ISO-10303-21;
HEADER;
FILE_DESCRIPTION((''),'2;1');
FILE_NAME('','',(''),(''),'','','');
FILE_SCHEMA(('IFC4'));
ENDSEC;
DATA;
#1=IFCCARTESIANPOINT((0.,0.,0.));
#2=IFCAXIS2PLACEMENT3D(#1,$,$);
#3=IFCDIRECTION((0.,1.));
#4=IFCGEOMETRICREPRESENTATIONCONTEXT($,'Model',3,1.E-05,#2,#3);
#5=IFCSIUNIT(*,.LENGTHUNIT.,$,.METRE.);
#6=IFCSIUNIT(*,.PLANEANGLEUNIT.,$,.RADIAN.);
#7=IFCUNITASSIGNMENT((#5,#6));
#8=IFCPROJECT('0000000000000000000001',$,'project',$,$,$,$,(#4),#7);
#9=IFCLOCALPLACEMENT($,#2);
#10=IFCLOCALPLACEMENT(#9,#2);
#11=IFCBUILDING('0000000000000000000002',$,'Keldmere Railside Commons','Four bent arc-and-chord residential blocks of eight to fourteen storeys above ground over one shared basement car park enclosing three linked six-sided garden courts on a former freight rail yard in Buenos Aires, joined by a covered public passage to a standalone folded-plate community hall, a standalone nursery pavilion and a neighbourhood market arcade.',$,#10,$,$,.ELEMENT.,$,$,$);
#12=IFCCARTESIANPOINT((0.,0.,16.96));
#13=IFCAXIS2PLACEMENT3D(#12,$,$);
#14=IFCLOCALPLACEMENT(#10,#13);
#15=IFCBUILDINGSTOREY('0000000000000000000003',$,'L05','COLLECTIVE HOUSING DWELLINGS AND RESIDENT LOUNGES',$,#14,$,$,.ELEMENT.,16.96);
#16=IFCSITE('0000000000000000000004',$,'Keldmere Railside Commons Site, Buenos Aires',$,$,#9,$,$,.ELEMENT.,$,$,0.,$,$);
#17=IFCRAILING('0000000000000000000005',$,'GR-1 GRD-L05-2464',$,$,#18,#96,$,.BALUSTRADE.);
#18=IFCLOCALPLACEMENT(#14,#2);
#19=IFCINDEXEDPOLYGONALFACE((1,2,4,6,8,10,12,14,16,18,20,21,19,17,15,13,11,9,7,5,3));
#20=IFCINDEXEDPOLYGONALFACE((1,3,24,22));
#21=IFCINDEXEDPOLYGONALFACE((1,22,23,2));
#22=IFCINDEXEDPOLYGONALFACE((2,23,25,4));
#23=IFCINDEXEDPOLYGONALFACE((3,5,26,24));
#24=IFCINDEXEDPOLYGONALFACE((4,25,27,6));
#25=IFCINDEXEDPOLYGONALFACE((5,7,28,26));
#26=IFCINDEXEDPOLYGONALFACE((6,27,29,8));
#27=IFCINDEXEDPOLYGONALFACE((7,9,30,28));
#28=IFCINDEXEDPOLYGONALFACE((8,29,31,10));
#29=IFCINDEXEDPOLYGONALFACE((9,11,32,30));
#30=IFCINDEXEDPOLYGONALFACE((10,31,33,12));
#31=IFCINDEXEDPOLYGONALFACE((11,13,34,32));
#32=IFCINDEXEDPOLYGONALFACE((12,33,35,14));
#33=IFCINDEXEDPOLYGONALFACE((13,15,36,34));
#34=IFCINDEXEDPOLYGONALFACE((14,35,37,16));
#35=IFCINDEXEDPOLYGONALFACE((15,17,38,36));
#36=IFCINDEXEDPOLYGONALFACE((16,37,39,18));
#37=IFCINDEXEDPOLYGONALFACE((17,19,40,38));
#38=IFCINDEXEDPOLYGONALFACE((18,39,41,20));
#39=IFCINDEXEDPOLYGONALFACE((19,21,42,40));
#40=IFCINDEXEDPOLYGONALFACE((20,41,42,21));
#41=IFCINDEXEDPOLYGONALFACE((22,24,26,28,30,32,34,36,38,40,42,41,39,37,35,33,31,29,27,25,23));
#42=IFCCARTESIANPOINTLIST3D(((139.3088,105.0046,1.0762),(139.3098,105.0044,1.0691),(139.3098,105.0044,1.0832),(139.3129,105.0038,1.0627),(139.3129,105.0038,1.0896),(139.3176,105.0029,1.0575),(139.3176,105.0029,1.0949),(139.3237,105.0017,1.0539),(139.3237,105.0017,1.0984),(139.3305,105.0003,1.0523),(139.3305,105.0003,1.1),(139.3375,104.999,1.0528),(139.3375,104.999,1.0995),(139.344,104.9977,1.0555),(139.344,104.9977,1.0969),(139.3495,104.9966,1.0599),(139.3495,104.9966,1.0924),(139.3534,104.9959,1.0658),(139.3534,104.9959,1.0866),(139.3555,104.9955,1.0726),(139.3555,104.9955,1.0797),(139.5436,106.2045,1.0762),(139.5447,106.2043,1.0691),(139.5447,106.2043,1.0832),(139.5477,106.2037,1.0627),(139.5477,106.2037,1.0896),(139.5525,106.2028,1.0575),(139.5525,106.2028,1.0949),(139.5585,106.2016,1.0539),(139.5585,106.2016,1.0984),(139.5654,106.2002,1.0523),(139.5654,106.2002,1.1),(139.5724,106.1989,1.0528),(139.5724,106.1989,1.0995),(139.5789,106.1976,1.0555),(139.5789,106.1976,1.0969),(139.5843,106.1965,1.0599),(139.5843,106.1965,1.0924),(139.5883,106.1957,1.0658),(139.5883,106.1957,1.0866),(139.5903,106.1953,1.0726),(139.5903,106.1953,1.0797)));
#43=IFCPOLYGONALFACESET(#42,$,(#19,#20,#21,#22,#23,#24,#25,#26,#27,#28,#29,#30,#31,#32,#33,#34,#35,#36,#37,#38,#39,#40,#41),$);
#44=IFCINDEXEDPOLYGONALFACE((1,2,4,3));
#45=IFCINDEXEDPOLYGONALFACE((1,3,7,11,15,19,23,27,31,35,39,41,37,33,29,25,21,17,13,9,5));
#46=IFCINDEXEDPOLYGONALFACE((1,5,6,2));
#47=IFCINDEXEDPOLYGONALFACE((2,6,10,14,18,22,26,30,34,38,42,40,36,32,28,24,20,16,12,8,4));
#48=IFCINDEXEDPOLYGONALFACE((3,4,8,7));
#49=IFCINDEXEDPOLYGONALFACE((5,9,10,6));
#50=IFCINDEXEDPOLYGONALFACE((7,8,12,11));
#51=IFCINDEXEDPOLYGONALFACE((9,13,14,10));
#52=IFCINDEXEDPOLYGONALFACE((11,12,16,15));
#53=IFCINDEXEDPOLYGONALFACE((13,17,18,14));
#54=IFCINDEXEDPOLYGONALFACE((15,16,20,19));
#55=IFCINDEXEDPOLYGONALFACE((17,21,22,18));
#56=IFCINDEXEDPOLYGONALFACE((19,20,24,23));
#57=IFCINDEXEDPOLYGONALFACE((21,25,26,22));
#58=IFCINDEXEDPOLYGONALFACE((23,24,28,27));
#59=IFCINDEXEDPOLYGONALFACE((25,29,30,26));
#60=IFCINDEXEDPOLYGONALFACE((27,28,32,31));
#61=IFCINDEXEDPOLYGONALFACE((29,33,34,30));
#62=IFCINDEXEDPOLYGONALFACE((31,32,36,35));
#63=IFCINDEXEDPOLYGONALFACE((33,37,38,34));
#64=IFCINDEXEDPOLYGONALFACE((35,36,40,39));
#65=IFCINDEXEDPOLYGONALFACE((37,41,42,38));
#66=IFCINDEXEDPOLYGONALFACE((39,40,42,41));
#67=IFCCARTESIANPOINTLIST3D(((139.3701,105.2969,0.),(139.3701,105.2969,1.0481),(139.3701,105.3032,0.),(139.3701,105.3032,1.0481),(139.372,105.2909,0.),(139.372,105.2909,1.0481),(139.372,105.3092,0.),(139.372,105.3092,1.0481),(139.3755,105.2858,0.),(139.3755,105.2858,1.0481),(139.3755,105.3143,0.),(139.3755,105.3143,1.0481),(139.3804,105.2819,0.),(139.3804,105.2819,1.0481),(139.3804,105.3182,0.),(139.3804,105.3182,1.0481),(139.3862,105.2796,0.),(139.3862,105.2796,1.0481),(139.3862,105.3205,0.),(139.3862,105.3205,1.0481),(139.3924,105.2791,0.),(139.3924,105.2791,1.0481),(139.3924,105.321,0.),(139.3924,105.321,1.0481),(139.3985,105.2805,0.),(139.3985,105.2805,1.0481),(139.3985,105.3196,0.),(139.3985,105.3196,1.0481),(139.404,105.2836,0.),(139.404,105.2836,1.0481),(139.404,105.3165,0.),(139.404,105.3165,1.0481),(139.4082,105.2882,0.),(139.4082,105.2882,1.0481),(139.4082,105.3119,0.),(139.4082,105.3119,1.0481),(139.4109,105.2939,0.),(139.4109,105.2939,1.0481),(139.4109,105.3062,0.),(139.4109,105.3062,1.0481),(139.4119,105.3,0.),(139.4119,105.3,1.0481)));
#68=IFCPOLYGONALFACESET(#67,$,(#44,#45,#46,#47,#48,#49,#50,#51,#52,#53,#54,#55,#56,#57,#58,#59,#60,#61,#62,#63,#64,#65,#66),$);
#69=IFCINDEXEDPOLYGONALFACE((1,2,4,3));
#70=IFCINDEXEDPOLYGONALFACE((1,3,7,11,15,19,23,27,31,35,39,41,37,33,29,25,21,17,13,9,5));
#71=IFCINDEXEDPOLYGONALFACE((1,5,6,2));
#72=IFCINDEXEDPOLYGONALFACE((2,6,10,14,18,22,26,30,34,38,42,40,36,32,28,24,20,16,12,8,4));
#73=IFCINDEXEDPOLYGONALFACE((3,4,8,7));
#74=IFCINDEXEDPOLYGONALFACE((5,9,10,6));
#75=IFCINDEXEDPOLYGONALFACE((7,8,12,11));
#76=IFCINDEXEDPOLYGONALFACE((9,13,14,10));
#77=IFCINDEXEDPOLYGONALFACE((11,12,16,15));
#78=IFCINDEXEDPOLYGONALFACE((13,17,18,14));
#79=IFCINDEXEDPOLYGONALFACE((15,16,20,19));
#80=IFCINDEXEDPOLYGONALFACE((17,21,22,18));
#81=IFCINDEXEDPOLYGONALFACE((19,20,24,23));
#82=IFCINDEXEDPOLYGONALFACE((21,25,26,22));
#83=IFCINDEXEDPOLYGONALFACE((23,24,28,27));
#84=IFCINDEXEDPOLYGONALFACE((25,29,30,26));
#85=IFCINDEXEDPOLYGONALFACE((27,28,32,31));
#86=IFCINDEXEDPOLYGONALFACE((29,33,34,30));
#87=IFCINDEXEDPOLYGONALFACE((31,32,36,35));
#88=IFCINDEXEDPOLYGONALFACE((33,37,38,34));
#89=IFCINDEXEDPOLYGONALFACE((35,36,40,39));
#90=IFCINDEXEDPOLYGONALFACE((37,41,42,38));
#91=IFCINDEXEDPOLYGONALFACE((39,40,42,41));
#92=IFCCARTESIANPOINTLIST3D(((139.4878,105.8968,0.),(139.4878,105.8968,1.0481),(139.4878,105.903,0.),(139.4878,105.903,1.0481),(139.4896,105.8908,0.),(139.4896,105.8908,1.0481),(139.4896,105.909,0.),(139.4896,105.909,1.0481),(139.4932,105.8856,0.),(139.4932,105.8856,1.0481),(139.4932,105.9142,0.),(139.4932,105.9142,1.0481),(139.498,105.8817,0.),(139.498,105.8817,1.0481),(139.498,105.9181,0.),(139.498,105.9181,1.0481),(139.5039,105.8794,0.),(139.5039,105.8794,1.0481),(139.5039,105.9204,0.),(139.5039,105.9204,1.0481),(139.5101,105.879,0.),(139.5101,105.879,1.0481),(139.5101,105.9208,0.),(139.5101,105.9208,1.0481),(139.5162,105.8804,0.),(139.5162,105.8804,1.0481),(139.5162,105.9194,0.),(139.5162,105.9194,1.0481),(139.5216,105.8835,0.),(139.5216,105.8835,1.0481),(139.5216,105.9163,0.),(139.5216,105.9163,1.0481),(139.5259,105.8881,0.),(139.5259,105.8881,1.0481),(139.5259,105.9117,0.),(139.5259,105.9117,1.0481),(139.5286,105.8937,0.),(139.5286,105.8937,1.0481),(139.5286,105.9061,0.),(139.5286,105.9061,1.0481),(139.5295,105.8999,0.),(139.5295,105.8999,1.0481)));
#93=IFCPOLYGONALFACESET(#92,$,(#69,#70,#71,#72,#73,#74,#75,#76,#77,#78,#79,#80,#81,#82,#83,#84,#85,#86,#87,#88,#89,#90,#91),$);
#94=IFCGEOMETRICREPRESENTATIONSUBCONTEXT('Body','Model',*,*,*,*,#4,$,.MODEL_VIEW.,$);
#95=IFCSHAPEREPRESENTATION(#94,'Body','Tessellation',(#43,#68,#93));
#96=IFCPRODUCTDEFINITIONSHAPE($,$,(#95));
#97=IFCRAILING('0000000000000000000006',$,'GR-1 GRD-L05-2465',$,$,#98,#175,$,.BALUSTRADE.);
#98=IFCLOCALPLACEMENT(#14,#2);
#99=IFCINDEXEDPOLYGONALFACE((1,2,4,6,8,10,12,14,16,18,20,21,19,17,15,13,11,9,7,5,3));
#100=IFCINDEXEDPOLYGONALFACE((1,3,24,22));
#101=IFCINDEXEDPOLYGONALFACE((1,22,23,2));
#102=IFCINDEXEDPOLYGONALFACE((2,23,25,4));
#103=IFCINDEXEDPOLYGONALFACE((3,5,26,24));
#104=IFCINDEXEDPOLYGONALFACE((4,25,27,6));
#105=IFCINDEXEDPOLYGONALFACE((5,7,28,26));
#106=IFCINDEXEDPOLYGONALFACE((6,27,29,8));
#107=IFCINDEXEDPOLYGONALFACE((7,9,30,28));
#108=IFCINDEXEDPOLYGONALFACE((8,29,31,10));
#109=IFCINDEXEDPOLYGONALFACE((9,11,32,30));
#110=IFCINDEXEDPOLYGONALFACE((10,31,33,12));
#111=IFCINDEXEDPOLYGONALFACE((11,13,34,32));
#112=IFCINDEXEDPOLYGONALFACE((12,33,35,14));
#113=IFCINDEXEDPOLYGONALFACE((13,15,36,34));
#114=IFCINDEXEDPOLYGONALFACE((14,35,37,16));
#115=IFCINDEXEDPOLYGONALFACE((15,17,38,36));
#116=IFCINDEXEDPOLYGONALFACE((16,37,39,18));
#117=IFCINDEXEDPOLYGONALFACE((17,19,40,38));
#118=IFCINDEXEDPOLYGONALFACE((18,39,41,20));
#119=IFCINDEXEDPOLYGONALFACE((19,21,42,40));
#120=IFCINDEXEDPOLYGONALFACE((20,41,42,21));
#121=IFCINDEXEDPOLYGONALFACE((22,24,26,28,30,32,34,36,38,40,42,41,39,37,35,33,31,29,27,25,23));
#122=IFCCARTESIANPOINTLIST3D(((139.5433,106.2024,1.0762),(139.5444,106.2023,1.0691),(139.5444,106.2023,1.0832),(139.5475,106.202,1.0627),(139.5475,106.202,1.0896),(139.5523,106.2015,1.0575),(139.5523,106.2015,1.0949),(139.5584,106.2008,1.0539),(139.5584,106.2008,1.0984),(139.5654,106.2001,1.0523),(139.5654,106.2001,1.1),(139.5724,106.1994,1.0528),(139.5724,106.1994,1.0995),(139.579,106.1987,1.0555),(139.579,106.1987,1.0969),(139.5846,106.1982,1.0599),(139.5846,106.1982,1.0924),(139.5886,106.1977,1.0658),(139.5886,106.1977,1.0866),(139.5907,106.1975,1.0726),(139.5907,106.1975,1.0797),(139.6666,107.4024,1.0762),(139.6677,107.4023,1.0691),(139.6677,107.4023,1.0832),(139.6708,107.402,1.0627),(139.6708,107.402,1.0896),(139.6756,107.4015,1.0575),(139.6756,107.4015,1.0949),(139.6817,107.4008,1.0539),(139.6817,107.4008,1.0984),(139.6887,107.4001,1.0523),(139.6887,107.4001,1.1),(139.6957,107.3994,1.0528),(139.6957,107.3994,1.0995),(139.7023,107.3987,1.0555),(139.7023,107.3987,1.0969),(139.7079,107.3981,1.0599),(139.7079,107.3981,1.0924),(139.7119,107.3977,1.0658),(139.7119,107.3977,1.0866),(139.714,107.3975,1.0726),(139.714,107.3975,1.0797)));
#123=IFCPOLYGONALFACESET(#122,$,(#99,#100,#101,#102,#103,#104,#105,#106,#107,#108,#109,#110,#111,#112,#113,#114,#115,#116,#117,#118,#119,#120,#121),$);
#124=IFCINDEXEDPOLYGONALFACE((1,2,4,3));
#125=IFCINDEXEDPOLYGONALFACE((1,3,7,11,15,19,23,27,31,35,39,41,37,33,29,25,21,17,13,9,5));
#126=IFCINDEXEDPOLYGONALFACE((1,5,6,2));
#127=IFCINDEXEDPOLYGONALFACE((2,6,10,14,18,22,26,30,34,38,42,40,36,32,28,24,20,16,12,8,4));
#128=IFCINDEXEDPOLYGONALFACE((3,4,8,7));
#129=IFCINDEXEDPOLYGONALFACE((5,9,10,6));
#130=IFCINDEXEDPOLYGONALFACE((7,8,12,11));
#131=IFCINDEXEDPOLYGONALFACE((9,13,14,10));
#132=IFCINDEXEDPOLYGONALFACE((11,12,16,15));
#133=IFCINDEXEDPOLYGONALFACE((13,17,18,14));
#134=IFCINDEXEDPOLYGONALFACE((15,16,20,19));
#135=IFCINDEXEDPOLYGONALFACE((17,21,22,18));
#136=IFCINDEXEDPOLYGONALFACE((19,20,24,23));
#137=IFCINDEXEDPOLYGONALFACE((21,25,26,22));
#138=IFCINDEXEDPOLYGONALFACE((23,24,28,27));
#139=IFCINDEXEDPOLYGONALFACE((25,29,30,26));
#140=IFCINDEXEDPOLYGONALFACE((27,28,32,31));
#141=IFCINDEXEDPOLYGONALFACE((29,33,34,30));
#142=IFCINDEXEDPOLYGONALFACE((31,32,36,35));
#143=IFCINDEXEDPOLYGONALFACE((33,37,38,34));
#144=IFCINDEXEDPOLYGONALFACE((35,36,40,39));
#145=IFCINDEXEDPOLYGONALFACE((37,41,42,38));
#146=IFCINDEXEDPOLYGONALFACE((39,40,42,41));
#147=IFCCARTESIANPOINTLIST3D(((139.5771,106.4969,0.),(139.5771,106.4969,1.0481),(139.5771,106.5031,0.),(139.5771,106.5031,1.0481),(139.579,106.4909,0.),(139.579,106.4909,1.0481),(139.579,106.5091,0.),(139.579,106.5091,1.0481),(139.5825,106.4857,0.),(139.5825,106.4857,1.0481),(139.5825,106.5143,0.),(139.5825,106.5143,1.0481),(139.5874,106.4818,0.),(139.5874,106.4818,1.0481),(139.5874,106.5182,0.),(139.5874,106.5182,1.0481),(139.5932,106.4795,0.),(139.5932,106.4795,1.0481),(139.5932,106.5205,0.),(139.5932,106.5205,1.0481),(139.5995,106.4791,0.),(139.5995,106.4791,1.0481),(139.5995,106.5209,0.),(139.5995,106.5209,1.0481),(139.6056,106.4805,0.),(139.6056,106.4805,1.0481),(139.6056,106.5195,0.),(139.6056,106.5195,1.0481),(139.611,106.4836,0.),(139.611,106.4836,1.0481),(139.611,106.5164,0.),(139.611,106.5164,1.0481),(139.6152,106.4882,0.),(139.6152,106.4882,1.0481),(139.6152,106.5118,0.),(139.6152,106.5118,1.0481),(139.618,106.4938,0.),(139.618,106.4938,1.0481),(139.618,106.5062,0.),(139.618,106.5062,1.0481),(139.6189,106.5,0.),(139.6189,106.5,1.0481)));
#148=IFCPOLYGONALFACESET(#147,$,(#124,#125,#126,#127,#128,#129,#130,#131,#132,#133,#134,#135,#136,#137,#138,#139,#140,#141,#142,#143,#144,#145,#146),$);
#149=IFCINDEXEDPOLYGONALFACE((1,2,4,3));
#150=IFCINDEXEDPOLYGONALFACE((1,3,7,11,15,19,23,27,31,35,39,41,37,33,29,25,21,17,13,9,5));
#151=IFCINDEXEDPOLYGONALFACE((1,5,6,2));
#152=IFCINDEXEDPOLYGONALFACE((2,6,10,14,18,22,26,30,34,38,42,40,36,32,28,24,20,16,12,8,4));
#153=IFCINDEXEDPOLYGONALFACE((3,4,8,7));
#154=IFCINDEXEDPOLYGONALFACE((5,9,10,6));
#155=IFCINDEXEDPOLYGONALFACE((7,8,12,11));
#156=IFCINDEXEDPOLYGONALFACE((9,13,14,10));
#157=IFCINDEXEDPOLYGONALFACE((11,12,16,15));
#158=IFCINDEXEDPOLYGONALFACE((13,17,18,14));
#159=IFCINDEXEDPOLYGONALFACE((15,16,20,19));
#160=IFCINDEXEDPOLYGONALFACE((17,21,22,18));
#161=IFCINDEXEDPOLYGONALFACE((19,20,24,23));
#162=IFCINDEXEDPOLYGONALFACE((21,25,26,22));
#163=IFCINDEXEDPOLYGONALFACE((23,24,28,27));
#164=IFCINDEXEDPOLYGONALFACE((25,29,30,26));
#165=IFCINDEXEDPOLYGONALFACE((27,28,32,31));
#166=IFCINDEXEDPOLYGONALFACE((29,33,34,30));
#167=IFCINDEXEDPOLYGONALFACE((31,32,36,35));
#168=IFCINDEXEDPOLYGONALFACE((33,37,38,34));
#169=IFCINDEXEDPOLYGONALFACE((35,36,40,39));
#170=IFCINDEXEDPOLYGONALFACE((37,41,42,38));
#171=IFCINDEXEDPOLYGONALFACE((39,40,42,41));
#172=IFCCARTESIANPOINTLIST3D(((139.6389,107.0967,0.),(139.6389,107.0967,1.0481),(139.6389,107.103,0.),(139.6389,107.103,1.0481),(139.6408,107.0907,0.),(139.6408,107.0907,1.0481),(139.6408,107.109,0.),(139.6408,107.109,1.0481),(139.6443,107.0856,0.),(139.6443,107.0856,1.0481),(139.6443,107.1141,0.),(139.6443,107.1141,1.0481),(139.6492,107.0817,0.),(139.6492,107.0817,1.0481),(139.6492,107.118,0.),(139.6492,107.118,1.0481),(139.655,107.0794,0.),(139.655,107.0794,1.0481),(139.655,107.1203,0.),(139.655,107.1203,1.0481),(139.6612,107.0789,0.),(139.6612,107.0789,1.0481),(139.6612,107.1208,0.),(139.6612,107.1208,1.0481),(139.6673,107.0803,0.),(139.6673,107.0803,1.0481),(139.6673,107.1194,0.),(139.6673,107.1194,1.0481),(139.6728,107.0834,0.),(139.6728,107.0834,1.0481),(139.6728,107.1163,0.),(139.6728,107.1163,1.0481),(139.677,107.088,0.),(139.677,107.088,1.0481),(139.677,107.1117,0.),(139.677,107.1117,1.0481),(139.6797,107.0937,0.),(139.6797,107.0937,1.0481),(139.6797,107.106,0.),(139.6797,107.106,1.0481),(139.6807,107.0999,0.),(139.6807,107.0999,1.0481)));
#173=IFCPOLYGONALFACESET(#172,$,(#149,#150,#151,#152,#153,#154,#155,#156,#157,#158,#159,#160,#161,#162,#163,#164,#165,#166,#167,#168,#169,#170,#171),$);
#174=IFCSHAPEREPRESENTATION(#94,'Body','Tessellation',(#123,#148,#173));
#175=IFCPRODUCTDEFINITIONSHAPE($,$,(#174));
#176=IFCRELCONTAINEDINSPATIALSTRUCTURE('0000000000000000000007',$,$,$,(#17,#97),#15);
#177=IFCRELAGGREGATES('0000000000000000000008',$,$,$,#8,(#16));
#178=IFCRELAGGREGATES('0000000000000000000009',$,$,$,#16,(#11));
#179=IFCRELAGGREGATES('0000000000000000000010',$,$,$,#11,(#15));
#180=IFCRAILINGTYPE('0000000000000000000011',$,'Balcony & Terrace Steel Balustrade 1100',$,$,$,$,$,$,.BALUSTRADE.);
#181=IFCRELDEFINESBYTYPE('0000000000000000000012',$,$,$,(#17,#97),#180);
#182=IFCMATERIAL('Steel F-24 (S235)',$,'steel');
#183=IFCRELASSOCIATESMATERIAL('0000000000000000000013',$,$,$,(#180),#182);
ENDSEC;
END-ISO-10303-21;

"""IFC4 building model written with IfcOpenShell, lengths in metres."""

from ifc_helpers import new_model, si_unit, direction, frame, origin, origin_2d, place, context, subcontext, project, spatial, circle, extrude, material, type_object, element, save


model = new_model("IFC4")

# Units and contexts
model_context = context("Model", 3, precision=1e-05, world=origin(), true_north=direction((0.0, 1.0)))
body_context = subcontext(model_context, "Body", "Model", "MODEL_VIEW")
ifc_project = project(units=[si_unit("LENGTHUNIT", "METRE"), si_unit("PLANEANGLEUNIT", "RADIAN")], contexts=[model_context])

# Site, building, storey
site_placement = place(None, origin())
site = spatial("IfcSite", under=ifc_project, at=site_placement, Name="Keldmere Railside Commons Site, Buenos Aires", CompositionType="ELEMENT", RefElevation=0.0)
building_placement = place(site_placement, origin())
building = spatial("IfcBuilding", under=site, at=building_placement, Name="Keldmere Railside Commons", Description="Four bent arc-and-chord residential blocks of eight to fourteen storeys above ground over one shared basement car park enclosing three linked six-sided garden courts on a former freight rail yard in Buenos Aires, joined by a covered public passage to a standalone folded-plate community hall, a standalone nursery pavilion and a neighbourhood market arcade.", CompositionType="ELEMENT")
storey_placement = place(building_placement, frame((0.0, 0.0, 16.96)))
storey = spatial("IfcBuildingStorey", under=building, at=storey_placement, Name="L05", Description="COLLECTIVE HOUSING DWELLINGS AND RESIDENT LOUNGES", CompositionType="ELEMENT", Elevation=16.96)

# Shared definitions
ifc_material_1 = material(Name="Steel F-24 (S235)", Category="steel")

# Railings
railing_type = type_object("IfcRailingType", Name="Balcony & Terrace Steel Balustrade 1100", PredefinedType="BALUSTRADE", material=ifc_material_1)
railing_1_placement = place(storey_placement, frame((139.3323, 105.0, 0.0)))
element("IfcRailing", 1, at=railing_1_placement, inside=storey, type_object=railing_type, Name="GR-1 GRD-L05-2464", PredefinedType="BALUSTRADE", context=body_context, shape_type="SweptSolid", body=[
    extrude(circle(Radius=0.0239, at=origin_2d()), frame((0.0, 0.0, 1.0762), z_axis=(0.192083, 0.981379, 0.0), x_axis=(-0.981379, 0.192083, 0.0)), (0.0, 0.0, 1.0), 1.2227),
    extrude(circle(Radius=0.021, at=origin_2d()), frame((0.0586, 0.3, 0.0)), (0.0, 0.0, 1.0), 1.0481),
    extrude(circle(Radius=0.021, at=origin_2d()), frame((0.1763, 0.8999, 0.0)), (0.0, 0.0, 1.0), 1.0481),
])
railing_2_placement = place(storey_placement, frame((139.5671, 106.2, 0.0)))
element("IfcRailing", 2, at=railing_2_placement, inside=storey, type_object=railing_type, Name="GR-1 GRD-L05-2465", PredefinedType="BALUSTRADE", context=body_context, shape_type="SweptSolid", body=[
    extrude(circle(Radius=0.0239, at=origin_2d()), frame((0.0, 0.0, 1.0762), z_axis=(0.102209, 0.994763, 0.0), x_axis=(-0.994763, 0.102209, 0.0)), (0.0, 0.0, 1.0), 1.2063),
    extrude(circle(Radius=0.021, at=origin_2d()), frame((0.0308, 0.3, 0.0)), (0.0, 0.0, 1.0), 1.0481),
    extrude(circle(Radius=0.021, at=origin_2d()), frame((0.0925, 0.8999, 0.0)), (0.0, 0.0, 1.0), 1.0481),
])

save(model, "model.ifc")
